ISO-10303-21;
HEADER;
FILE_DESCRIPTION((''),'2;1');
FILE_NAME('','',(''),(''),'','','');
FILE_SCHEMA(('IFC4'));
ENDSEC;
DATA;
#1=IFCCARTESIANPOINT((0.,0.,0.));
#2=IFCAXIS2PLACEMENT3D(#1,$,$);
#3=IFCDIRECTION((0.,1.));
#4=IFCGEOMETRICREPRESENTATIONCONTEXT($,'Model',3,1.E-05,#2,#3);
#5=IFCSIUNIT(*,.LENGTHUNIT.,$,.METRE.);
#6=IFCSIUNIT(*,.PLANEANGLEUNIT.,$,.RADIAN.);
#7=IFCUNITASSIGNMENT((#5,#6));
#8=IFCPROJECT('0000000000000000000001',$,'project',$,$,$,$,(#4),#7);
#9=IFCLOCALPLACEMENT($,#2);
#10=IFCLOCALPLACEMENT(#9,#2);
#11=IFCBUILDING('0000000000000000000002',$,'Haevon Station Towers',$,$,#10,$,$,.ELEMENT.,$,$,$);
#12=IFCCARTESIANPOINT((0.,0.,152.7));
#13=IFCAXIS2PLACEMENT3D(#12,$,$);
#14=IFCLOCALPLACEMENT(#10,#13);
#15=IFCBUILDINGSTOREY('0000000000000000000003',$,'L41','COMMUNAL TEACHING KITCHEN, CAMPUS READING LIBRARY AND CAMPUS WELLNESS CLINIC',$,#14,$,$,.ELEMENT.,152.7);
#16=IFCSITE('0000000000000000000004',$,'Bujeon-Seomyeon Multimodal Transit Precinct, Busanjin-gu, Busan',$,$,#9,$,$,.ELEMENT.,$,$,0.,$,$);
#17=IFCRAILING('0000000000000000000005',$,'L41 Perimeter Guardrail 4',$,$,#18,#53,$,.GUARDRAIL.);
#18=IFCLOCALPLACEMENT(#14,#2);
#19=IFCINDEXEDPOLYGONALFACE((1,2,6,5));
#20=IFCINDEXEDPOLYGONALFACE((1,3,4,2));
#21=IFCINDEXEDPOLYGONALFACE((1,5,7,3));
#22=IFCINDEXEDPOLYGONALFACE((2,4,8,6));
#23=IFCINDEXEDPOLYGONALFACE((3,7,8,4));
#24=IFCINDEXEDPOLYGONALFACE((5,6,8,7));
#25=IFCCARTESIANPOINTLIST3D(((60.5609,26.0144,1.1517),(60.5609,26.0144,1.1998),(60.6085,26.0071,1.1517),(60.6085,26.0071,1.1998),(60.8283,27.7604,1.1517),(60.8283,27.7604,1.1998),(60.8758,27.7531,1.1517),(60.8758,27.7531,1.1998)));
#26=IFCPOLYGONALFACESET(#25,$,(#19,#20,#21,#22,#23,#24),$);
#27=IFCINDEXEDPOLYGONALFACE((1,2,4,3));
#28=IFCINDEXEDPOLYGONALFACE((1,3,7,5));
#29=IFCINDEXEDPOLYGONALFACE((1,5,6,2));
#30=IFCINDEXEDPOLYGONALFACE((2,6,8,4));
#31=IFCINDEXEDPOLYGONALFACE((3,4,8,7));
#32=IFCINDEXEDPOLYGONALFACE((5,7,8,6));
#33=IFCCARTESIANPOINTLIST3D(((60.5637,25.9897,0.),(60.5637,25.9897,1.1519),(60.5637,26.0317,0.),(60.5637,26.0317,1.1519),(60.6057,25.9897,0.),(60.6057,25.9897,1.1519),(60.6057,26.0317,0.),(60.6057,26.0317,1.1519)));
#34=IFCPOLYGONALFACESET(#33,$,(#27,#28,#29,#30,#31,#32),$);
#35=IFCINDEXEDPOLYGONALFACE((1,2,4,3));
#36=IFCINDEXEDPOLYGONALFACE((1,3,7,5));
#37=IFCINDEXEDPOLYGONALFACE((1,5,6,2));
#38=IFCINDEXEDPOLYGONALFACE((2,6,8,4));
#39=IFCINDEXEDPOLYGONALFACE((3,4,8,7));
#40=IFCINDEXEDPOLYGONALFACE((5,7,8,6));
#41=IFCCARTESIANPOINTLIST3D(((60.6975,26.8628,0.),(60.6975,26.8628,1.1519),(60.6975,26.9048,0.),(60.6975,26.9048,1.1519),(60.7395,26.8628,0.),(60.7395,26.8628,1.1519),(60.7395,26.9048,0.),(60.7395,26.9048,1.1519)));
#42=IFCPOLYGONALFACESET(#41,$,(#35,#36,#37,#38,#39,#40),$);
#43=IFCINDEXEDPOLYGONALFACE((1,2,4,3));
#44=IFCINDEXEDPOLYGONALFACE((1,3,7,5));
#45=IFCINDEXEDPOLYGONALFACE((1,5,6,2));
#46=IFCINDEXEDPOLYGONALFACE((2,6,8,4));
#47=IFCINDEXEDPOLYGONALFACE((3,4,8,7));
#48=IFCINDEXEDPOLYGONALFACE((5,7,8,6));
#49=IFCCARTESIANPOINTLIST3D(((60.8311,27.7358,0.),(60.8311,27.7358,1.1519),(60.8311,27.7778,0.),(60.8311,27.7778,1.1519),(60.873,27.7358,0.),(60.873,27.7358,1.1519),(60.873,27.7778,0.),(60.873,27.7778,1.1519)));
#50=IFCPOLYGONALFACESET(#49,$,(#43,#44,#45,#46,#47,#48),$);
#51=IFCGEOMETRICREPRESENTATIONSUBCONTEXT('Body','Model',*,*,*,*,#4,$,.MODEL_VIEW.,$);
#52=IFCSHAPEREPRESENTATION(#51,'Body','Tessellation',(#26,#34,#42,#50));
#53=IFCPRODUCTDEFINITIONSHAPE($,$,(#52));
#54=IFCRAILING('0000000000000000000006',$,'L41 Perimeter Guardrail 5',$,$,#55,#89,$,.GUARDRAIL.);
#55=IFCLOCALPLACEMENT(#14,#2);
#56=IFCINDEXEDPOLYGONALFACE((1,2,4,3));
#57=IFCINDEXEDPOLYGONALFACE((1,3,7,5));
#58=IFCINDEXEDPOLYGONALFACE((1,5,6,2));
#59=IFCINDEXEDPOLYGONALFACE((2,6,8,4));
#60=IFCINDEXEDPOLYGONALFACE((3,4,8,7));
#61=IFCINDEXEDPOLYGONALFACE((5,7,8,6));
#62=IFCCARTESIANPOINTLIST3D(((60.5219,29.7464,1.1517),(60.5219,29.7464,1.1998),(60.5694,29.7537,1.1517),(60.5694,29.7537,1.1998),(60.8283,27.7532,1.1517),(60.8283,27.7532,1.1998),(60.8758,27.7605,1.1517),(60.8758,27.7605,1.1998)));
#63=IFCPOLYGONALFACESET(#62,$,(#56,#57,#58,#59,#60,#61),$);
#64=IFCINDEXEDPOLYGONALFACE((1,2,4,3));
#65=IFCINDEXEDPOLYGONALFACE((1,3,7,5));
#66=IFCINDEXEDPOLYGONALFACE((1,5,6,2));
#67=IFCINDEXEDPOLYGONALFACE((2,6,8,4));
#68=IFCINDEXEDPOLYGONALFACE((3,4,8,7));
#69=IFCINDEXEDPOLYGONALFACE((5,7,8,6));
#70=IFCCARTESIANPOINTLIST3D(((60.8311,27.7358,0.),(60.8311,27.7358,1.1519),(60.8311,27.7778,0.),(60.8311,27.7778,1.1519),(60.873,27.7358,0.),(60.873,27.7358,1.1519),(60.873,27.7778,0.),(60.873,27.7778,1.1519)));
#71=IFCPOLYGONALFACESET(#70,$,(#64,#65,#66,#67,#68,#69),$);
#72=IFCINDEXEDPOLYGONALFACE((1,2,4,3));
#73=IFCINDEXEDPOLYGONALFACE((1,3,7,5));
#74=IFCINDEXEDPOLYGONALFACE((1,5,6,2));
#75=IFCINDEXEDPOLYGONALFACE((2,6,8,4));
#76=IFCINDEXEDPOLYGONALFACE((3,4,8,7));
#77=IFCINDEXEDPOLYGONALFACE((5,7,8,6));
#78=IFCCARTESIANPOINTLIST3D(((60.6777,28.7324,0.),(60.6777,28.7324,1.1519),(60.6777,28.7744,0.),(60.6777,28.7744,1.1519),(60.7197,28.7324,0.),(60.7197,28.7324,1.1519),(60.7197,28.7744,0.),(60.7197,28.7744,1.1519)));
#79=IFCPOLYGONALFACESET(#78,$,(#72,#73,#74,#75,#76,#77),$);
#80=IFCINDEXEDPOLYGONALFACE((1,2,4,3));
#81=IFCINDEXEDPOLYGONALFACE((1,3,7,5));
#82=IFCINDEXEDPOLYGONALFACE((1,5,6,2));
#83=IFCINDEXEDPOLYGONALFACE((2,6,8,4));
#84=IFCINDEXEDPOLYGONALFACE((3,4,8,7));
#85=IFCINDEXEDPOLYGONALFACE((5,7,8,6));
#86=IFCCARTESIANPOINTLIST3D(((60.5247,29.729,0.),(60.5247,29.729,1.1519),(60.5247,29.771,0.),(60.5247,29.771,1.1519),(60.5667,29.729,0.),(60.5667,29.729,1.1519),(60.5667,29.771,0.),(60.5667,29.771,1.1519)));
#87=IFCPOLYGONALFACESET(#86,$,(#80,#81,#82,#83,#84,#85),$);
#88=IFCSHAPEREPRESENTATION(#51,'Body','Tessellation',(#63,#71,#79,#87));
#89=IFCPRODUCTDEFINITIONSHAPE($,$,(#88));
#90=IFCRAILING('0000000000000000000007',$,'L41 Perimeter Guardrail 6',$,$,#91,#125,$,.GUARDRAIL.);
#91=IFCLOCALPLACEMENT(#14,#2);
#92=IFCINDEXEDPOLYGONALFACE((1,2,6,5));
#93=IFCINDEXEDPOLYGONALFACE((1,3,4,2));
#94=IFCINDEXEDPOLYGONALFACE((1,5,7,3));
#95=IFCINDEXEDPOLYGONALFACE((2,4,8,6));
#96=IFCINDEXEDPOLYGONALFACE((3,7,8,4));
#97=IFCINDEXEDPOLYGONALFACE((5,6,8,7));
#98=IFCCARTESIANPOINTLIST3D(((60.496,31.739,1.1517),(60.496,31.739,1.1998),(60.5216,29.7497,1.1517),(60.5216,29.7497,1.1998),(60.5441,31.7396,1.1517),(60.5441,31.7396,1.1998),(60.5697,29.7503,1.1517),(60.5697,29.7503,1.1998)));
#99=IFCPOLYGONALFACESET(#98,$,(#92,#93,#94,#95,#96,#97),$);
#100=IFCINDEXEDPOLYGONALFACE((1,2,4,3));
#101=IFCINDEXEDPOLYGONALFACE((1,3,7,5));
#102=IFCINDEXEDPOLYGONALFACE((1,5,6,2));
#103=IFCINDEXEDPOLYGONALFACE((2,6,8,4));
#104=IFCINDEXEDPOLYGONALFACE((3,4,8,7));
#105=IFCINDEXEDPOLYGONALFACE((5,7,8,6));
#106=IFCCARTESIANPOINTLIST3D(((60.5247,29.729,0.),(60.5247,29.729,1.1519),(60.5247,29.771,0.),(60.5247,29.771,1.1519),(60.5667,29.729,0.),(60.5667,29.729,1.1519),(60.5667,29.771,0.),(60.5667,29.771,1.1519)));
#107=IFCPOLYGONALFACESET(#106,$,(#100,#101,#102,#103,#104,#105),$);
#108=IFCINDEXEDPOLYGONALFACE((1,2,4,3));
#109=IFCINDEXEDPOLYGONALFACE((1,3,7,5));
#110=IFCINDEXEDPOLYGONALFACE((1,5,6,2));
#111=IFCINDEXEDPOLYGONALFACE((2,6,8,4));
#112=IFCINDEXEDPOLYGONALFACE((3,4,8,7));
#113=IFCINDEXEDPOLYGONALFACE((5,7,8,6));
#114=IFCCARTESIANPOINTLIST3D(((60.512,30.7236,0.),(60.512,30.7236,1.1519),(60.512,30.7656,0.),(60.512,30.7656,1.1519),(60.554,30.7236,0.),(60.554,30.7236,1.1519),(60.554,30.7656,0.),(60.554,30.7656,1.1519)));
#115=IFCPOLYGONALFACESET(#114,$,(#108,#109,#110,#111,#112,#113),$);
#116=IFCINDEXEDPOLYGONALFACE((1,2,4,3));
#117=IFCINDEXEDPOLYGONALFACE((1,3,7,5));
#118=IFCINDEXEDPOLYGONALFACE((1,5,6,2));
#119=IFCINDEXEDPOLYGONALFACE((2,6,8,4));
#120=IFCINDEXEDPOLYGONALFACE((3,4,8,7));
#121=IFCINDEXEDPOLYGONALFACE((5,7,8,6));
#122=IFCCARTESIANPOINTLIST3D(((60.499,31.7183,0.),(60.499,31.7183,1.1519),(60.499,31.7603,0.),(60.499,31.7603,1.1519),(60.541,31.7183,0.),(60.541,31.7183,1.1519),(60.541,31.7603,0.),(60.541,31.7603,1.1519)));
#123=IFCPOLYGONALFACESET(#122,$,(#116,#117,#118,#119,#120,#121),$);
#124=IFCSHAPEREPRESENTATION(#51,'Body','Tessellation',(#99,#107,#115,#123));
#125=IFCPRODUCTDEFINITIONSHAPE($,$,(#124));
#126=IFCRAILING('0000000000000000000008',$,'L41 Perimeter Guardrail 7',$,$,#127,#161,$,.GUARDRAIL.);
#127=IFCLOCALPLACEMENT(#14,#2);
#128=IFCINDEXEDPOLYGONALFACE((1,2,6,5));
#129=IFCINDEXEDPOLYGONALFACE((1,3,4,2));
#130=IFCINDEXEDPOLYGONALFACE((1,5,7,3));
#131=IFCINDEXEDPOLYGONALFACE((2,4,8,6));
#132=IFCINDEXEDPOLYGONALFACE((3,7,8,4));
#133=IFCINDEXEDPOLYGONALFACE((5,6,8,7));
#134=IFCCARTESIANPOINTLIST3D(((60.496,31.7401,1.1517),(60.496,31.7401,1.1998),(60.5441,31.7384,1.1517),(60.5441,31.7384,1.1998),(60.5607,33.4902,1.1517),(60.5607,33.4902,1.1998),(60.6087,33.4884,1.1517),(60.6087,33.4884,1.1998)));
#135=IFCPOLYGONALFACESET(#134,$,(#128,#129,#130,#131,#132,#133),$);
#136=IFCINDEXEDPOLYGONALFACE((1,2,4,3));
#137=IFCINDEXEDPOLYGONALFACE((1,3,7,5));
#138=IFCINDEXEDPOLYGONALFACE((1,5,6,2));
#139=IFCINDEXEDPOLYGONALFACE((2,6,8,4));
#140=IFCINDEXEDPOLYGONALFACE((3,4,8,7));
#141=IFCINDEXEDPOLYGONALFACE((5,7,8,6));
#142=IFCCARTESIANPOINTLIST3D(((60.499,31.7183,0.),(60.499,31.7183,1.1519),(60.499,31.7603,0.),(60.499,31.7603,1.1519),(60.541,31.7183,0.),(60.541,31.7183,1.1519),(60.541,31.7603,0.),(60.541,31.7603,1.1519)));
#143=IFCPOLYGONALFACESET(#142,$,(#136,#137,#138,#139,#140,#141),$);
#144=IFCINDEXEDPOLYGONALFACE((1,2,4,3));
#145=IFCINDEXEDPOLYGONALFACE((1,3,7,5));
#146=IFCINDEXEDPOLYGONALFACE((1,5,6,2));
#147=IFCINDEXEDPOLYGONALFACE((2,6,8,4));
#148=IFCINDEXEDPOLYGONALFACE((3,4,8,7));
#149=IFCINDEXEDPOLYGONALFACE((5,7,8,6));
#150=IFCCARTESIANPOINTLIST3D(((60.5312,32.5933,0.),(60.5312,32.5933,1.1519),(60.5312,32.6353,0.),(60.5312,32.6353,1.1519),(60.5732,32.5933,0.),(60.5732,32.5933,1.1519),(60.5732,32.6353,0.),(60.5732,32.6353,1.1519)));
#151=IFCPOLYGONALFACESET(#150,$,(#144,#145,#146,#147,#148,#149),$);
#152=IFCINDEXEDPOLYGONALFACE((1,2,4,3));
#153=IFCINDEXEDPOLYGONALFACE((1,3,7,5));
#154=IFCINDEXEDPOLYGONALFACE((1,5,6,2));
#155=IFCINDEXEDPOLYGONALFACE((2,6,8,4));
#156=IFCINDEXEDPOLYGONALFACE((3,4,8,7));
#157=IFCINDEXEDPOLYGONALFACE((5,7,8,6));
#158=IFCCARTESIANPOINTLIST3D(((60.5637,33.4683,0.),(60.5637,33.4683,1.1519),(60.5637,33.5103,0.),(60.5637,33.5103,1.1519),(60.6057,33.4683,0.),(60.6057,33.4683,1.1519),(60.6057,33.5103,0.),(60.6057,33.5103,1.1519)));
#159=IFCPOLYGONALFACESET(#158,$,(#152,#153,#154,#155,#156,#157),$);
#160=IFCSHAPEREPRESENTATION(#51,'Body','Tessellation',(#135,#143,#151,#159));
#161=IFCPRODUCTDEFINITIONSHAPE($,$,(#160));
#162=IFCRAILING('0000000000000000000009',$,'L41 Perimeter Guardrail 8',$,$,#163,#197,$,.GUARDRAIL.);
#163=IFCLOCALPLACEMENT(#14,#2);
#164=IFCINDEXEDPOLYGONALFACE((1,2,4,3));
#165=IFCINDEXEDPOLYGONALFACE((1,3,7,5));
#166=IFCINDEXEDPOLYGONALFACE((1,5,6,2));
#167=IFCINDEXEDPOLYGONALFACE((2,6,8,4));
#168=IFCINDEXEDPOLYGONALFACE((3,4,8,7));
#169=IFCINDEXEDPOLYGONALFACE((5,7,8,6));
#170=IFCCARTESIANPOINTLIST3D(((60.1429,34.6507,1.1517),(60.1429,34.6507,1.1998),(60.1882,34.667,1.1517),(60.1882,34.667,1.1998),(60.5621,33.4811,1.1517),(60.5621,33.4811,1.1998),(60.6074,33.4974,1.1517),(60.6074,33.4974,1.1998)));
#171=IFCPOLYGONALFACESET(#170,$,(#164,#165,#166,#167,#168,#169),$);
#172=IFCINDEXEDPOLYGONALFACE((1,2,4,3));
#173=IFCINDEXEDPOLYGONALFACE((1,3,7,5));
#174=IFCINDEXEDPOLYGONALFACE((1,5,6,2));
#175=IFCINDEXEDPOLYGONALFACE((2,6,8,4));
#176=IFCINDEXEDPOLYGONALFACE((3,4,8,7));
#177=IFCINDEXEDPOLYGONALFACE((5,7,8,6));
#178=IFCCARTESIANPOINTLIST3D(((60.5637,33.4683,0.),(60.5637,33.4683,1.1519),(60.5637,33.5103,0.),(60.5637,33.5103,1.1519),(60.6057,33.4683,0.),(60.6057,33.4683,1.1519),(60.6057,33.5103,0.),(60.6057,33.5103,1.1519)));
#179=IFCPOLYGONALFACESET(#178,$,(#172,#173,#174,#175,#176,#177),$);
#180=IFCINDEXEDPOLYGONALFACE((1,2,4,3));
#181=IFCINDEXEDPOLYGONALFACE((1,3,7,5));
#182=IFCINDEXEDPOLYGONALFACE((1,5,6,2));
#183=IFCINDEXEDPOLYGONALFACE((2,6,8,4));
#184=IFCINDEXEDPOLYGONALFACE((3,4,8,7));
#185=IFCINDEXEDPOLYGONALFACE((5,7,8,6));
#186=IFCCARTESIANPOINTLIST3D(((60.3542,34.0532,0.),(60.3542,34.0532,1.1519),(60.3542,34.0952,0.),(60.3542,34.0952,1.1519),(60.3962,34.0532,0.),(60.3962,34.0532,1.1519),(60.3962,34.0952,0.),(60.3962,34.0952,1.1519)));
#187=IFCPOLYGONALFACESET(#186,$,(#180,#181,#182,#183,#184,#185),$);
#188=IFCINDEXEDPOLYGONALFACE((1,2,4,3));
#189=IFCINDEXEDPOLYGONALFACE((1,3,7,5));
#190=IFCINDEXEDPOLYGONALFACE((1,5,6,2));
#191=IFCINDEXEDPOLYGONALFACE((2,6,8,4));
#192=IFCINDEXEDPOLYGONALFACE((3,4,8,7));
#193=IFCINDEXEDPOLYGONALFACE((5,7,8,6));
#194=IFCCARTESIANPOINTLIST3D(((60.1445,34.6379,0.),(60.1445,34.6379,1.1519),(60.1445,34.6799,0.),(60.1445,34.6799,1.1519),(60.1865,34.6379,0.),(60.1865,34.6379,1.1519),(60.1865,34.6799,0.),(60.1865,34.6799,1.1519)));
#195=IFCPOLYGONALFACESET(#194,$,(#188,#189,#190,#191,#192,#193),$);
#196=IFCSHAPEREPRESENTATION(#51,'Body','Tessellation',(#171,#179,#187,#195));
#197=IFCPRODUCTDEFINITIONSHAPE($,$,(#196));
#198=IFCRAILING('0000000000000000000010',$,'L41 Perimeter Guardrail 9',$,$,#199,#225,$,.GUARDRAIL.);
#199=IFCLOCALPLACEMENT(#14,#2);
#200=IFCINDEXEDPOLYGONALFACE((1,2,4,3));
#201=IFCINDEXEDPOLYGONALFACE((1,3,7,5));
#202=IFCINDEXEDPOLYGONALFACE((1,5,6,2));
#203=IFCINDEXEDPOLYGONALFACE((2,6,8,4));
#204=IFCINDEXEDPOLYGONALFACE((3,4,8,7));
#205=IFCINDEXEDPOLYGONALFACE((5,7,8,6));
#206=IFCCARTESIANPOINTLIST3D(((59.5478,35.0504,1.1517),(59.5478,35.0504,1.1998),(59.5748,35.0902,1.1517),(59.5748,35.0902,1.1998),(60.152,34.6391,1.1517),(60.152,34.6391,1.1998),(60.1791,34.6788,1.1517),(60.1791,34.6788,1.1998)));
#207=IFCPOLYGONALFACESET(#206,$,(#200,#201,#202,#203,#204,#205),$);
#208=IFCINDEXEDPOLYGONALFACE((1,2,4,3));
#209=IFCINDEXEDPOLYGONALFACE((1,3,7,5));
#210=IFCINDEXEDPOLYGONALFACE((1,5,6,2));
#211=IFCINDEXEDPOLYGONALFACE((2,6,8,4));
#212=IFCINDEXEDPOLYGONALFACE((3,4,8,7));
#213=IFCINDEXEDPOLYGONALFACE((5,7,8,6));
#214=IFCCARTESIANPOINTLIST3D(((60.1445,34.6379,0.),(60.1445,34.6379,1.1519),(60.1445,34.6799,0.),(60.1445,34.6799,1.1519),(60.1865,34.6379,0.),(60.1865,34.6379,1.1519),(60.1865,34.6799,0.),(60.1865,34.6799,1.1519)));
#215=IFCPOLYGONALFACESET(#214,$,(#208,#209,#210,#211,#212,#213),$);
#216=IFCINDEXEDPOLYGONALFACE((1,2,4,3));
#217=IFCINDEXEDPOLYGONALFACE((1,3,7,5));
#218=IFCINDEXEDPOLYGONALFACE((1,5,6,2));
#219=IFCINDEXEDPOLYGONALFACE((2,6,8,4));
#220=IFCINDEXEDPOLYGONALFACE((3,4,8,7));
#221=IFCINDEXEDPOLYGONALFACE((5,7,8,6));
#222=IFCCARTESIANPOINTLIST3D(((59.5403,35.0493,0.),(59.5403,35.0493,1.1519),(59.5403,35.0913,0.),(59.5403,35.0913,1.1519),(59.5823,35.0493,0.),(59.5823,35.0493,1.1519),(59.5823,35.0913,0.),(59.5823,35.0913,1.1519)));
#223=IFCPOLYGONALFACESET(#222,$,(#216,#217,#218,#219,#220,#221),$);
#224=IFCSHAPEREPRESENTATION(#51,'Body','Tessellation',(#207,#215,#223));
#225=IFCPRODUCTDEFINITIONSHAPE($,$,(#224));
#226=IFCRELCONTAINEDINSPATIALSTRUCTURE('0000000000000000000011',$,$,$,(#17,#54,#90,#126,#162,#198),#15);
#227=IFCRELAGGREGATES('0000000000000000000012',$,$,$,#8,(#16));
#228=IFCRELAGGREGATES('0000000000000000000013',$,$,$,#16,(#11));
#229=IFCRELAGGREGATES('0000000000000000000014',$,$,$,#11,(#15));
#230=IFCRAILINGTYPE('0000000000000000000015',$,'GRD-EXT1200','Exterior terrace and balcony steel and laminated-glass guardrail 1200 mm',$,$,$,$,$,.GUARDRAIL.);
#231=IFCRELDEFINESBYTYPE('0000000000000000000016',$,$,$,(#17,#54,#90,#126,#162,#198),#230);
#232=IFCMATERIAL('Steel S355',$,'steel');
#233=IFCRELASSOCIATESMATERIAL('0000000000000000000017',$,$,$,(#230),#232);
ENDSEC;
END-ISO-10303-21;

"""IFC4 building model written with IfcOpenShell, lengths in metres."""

from ifc_helpers import new_model, si_unit, direction, frame, origin, origin_2d, place, context, subcontext, project, spatial, rectangle, extrude, material, type_object, element, save


model = new_model("IFC4")

# Units and contexts
model_context = context("Model", 3, precision=1e-05, world=origin(), true_north=direction((0.0, 1.0)))
body_context = subcontext(model_context, "Body", "Model", "MODEL_VIEW")
ifc_project = project(units=[si_unit("LENGTHUNIT", "METRE"), si_unit("PLANEANGLEUNIT", "RADIAN")], contexts=[model_context])

# Site, building, storey
site_placement = place(None, origin())
site = spatial("IfcSite", under=ifc_project, at=site_placement, Name="Bujeon-Seomyeon Multimodal Transit Precinct, Busanjin-gu, Busan", CompositionType="ELEMENT", RefElevation=0.0)
building_placement = place(site_placement, origin())
building = spatial("IfcBuilding", under=site, at=building_placement, Name="Haevon Station Towers", CompositionType="ELEMENT")
storey_placement = place(building_placement, frame((0.0, 0.0, 152.7)))
storey = spatial("IfcBuildingStorey", under=building, at=storey_placement, Name="L41", Description="COMMUNAL TEACHING KITCHEN, CAMPUS READING LIBRARY AND CAMPUS WELLNESS CLINIC", CompositionType="ELEMENT", Elevation=152.7)

# Shared definitions
ifc_material_1 = material(Name="Steel S355", Category="steel")

# Railings
railing_type = type_object("IfcRailingType", Name="GRD-EXT1200", Description="Exterior terrace and balcony steel and laminated-glass guardrail 1200 mm", PredefinedType="GUARDRAIL", material=ifc_material_1)
railing_1_placement = place(storey_placement, frame((60.5847, 26.0107, 0.0)))
element("IfcRailing", 1, at=railing_1_placement, inside=storey, type_object=railing_type, Name="L41 Perimeter Guardrail 4", PredefinedType="GUARDRAIL", context=body_context, shape_type="SweptSolid", body=[
    extrude(rectangle(XDim=0.0481, YDim=0.0481, at=origin_2d()), frame((0.0, 0.0, 1.1758), z_axis=(0.151341, 0.988482, 0.0), x_axis=(-0.988482, 0.151341, 0.0)), (0.0, 0.0, 1.0), 1.7664),
    extrude(rectangle(XDim=0.042, YDim=0.042, at=origin_2d()), origin(), (0.0, 0.0, 1.0), 1.1519),
    extrude(rectangle(XDim=0.042, YDim=0.042, at=origin_2d()), frame((0.1338, 0.873, 0.0)), (0.0, 0.0, 1.0), 1.1519),
    extrude(rectangle(XDim=0.042, YDim=0.042, at=origin_2d()), frame((0.2673, 1.7461, 0.0)), (0.0, 0.0, 1.0), 1.1519),
])
railing_2_placement = place(storey_placement, frame((60.8521, 27.7568, 0.0)))
element("IfcRailing", 2, at=railing_2_placement, inside=storey, type_object=railing_type, Name="L41 Perimeter Guardrail 5", PredefinedType="GUARDRAIL", context=body_context, shape_type="SweptSolid", body=[
    extrude(rectangle(XDim=0.0481, YDim=0.0481, at=origin_2d()), frame((0.0, 0.0, 1.1758), z_axis=(-0.151939, 0.98839, 0.0), x_axis=(-0.98839, -0.151939, 0.0)), (0.0, 0.0, 1.0), 2.0166),
    extrude(rectangle(XDim=0.042, YDim=0.042, at=origin_2d()), origin(), (0.0, 0.0, 1.0), 1.1519),
    extrude(rectangle(XDim=0.042, YDim=0.042, at=origin_2d()), frame((-0.1533, 0.9966, 0.0)), (0.0, 0.0, 1.0), 1.1519),
    extrude(rectangle(XDim=0.042, YDim=0.042, at=origin_2d()), frame((-0.3064, 1.9932, 0.0)), (0.0, 0.0, 1.0), 1.1519),
])
railing_3_placement = place(storey_placement, frame((60.5457, 29.75, 0.0)))
element("IfcRailing", 3, at=railing_3_placement, inside=storey, type_object=railing_type, Name="L41 Perimeter Guardrail 6", PredefinedType="GUARDRAIL", context=body_context, shape_type="SweptSolid", body=[
    extrude(rectangle(XDim=0.0481, YDim=0.0481, at=origin_2d()), frame((0.0, 0.0, 1.1758), z_axis=(-0.012886, 0.999917, 0.0), x_axis=(-0.999917, -0.012886, 0.0)), (0.0, 0.0, 1.0), 1.9895),
    extrude(rectangle(XDim=0.042, YDim=0.042, at=origin_2d()), origin(), (0.0, 0.0, 1.0), 1.1519),
    extrude(rectangle(XDim=0.042, YDim=0.042, at=origin_2d()), frame((-0.0127, 0.9946, 0.0)), (0.0, 0.0, 1.0), 1.1519),
    extrude(rectangle(XDim=0.042, YDim=0.042, at=origin_2d()), frame((-0.0256, 1.9893, 0.0)), (0.0, 0.0, 1.0), 1.1519),
])
railing_4_placement = place(storey_placement, frame((60.52, 31.7393, 0.0)))
element("IfcRailing", 4, at=railing_4_placement, inside=storey, type_object=railing_type, Name="L41 Perimeter Guardrail 7", PredefinedType="GUARDRAIL", context=body_context, shape_type="SweptSolid", body=[
    extrude(rectangle(XDim=0.0481, YDim=0.0481, at=origin_2d()), frame((0.0, 0.0, 1.1758), z_axis=(0.036945, 0.999317, 0.0), x_axis=(-0.999317, 0.036945, 0.0)), (0.0, 0.0, 1.0), 1.7512),
    extrude(rectangle(XDim=0.042, YDim=0.042, at=origin_2d()), origin(), (0.0, 0.0, 1.0), 1.1519),
    extrude(rectangle(XDim=0.042, YDim=0.042, at=origin_2d()), frame((0.0322, 0.875, 0.0)), (0.0, 0.0, 1.0), 1.1519),
    extrude(rectangle(XDim=0.042, YDim=0.042, at=origin_2d()), frame((0.0647, 1.75, 0.0)), (0.0, 0.0, 1.0), 1.1519),
])
railing_5_placement = place(storey_placement, frame((60.5847, 33.4893, 0.0)))
element("IfcRailing", 5, at=railing_5_placement, inside=storey, type_object=railing_type, Name="L41 Perimeter Guardrail 8", PredefinedType="GUARDRAIL", context=body_context, shape_type="SweptSolid", body=[
    extrude(rectangle(XDim=0.0481, YDim=0.0481, at=origin_2d()), frame((0.0, 0.0, 1.1758), z_axis=(-0.337369, 0.941372, 0.0), x_axis=(-0.941372, -0.337369, 0.0)), (0.0, 0.0, 1.0), 1.2424),
    extrude(rectangle(XDim=0.042, YDim=0.042, at=origin_2d()), origin(), (0.0, 0.0, 1.0), 1.1519),
    extrude(rectangle(XDim=0.042, YDim=0.042, at=origin_2d()), frame((-0.2095, 0.585, 0.0)), (0.0, 0.0, 1.0), 1.1519),
    extrude(rectangle(XDim=0.042, YDim=0.042, at=origin_2d()), frame((-0.4192, 1.1697, 0.0)), (0.0, 0.0, 1.0), 1.1519),
])
railing_6_placement = place(storey_placement, frame((60.1655, 34.6589, 0.0)))
element("IfcRailing", 6, at=railing_6_placement, inside=storey, type_object=railing_type, Name="L41 Perimeter Guardrail 9", PredefinedType="GUARDRAIL", context=body_context, shape_type="SweptSolid", body=[
    extrude(rectangle(XDim=0.0481, YDim=0.0481, at=origin_2d()), frame((0.0, 0.0, 1.1758), z_axis=(-0.826616, 0.562767, 0.0), x_axis=(-0.562767, -0.826616, 0.0)), (0.0, 0.0, 1.0), 0.731),
    extrude(rectangle(XDim=0.042, YDim=0.042, at=origin_2d()), origin(), (0.0, 0.0, 1.0), 1.1519),
    extrude(rectangle(XDim=0.042, YDim=0.042, at=origin_2d()), frame((-0.6042, 0.4114, 0.0)), (0.0, 0.0, 1.0), 1.1519),
])

save(model, "model.ifc")
